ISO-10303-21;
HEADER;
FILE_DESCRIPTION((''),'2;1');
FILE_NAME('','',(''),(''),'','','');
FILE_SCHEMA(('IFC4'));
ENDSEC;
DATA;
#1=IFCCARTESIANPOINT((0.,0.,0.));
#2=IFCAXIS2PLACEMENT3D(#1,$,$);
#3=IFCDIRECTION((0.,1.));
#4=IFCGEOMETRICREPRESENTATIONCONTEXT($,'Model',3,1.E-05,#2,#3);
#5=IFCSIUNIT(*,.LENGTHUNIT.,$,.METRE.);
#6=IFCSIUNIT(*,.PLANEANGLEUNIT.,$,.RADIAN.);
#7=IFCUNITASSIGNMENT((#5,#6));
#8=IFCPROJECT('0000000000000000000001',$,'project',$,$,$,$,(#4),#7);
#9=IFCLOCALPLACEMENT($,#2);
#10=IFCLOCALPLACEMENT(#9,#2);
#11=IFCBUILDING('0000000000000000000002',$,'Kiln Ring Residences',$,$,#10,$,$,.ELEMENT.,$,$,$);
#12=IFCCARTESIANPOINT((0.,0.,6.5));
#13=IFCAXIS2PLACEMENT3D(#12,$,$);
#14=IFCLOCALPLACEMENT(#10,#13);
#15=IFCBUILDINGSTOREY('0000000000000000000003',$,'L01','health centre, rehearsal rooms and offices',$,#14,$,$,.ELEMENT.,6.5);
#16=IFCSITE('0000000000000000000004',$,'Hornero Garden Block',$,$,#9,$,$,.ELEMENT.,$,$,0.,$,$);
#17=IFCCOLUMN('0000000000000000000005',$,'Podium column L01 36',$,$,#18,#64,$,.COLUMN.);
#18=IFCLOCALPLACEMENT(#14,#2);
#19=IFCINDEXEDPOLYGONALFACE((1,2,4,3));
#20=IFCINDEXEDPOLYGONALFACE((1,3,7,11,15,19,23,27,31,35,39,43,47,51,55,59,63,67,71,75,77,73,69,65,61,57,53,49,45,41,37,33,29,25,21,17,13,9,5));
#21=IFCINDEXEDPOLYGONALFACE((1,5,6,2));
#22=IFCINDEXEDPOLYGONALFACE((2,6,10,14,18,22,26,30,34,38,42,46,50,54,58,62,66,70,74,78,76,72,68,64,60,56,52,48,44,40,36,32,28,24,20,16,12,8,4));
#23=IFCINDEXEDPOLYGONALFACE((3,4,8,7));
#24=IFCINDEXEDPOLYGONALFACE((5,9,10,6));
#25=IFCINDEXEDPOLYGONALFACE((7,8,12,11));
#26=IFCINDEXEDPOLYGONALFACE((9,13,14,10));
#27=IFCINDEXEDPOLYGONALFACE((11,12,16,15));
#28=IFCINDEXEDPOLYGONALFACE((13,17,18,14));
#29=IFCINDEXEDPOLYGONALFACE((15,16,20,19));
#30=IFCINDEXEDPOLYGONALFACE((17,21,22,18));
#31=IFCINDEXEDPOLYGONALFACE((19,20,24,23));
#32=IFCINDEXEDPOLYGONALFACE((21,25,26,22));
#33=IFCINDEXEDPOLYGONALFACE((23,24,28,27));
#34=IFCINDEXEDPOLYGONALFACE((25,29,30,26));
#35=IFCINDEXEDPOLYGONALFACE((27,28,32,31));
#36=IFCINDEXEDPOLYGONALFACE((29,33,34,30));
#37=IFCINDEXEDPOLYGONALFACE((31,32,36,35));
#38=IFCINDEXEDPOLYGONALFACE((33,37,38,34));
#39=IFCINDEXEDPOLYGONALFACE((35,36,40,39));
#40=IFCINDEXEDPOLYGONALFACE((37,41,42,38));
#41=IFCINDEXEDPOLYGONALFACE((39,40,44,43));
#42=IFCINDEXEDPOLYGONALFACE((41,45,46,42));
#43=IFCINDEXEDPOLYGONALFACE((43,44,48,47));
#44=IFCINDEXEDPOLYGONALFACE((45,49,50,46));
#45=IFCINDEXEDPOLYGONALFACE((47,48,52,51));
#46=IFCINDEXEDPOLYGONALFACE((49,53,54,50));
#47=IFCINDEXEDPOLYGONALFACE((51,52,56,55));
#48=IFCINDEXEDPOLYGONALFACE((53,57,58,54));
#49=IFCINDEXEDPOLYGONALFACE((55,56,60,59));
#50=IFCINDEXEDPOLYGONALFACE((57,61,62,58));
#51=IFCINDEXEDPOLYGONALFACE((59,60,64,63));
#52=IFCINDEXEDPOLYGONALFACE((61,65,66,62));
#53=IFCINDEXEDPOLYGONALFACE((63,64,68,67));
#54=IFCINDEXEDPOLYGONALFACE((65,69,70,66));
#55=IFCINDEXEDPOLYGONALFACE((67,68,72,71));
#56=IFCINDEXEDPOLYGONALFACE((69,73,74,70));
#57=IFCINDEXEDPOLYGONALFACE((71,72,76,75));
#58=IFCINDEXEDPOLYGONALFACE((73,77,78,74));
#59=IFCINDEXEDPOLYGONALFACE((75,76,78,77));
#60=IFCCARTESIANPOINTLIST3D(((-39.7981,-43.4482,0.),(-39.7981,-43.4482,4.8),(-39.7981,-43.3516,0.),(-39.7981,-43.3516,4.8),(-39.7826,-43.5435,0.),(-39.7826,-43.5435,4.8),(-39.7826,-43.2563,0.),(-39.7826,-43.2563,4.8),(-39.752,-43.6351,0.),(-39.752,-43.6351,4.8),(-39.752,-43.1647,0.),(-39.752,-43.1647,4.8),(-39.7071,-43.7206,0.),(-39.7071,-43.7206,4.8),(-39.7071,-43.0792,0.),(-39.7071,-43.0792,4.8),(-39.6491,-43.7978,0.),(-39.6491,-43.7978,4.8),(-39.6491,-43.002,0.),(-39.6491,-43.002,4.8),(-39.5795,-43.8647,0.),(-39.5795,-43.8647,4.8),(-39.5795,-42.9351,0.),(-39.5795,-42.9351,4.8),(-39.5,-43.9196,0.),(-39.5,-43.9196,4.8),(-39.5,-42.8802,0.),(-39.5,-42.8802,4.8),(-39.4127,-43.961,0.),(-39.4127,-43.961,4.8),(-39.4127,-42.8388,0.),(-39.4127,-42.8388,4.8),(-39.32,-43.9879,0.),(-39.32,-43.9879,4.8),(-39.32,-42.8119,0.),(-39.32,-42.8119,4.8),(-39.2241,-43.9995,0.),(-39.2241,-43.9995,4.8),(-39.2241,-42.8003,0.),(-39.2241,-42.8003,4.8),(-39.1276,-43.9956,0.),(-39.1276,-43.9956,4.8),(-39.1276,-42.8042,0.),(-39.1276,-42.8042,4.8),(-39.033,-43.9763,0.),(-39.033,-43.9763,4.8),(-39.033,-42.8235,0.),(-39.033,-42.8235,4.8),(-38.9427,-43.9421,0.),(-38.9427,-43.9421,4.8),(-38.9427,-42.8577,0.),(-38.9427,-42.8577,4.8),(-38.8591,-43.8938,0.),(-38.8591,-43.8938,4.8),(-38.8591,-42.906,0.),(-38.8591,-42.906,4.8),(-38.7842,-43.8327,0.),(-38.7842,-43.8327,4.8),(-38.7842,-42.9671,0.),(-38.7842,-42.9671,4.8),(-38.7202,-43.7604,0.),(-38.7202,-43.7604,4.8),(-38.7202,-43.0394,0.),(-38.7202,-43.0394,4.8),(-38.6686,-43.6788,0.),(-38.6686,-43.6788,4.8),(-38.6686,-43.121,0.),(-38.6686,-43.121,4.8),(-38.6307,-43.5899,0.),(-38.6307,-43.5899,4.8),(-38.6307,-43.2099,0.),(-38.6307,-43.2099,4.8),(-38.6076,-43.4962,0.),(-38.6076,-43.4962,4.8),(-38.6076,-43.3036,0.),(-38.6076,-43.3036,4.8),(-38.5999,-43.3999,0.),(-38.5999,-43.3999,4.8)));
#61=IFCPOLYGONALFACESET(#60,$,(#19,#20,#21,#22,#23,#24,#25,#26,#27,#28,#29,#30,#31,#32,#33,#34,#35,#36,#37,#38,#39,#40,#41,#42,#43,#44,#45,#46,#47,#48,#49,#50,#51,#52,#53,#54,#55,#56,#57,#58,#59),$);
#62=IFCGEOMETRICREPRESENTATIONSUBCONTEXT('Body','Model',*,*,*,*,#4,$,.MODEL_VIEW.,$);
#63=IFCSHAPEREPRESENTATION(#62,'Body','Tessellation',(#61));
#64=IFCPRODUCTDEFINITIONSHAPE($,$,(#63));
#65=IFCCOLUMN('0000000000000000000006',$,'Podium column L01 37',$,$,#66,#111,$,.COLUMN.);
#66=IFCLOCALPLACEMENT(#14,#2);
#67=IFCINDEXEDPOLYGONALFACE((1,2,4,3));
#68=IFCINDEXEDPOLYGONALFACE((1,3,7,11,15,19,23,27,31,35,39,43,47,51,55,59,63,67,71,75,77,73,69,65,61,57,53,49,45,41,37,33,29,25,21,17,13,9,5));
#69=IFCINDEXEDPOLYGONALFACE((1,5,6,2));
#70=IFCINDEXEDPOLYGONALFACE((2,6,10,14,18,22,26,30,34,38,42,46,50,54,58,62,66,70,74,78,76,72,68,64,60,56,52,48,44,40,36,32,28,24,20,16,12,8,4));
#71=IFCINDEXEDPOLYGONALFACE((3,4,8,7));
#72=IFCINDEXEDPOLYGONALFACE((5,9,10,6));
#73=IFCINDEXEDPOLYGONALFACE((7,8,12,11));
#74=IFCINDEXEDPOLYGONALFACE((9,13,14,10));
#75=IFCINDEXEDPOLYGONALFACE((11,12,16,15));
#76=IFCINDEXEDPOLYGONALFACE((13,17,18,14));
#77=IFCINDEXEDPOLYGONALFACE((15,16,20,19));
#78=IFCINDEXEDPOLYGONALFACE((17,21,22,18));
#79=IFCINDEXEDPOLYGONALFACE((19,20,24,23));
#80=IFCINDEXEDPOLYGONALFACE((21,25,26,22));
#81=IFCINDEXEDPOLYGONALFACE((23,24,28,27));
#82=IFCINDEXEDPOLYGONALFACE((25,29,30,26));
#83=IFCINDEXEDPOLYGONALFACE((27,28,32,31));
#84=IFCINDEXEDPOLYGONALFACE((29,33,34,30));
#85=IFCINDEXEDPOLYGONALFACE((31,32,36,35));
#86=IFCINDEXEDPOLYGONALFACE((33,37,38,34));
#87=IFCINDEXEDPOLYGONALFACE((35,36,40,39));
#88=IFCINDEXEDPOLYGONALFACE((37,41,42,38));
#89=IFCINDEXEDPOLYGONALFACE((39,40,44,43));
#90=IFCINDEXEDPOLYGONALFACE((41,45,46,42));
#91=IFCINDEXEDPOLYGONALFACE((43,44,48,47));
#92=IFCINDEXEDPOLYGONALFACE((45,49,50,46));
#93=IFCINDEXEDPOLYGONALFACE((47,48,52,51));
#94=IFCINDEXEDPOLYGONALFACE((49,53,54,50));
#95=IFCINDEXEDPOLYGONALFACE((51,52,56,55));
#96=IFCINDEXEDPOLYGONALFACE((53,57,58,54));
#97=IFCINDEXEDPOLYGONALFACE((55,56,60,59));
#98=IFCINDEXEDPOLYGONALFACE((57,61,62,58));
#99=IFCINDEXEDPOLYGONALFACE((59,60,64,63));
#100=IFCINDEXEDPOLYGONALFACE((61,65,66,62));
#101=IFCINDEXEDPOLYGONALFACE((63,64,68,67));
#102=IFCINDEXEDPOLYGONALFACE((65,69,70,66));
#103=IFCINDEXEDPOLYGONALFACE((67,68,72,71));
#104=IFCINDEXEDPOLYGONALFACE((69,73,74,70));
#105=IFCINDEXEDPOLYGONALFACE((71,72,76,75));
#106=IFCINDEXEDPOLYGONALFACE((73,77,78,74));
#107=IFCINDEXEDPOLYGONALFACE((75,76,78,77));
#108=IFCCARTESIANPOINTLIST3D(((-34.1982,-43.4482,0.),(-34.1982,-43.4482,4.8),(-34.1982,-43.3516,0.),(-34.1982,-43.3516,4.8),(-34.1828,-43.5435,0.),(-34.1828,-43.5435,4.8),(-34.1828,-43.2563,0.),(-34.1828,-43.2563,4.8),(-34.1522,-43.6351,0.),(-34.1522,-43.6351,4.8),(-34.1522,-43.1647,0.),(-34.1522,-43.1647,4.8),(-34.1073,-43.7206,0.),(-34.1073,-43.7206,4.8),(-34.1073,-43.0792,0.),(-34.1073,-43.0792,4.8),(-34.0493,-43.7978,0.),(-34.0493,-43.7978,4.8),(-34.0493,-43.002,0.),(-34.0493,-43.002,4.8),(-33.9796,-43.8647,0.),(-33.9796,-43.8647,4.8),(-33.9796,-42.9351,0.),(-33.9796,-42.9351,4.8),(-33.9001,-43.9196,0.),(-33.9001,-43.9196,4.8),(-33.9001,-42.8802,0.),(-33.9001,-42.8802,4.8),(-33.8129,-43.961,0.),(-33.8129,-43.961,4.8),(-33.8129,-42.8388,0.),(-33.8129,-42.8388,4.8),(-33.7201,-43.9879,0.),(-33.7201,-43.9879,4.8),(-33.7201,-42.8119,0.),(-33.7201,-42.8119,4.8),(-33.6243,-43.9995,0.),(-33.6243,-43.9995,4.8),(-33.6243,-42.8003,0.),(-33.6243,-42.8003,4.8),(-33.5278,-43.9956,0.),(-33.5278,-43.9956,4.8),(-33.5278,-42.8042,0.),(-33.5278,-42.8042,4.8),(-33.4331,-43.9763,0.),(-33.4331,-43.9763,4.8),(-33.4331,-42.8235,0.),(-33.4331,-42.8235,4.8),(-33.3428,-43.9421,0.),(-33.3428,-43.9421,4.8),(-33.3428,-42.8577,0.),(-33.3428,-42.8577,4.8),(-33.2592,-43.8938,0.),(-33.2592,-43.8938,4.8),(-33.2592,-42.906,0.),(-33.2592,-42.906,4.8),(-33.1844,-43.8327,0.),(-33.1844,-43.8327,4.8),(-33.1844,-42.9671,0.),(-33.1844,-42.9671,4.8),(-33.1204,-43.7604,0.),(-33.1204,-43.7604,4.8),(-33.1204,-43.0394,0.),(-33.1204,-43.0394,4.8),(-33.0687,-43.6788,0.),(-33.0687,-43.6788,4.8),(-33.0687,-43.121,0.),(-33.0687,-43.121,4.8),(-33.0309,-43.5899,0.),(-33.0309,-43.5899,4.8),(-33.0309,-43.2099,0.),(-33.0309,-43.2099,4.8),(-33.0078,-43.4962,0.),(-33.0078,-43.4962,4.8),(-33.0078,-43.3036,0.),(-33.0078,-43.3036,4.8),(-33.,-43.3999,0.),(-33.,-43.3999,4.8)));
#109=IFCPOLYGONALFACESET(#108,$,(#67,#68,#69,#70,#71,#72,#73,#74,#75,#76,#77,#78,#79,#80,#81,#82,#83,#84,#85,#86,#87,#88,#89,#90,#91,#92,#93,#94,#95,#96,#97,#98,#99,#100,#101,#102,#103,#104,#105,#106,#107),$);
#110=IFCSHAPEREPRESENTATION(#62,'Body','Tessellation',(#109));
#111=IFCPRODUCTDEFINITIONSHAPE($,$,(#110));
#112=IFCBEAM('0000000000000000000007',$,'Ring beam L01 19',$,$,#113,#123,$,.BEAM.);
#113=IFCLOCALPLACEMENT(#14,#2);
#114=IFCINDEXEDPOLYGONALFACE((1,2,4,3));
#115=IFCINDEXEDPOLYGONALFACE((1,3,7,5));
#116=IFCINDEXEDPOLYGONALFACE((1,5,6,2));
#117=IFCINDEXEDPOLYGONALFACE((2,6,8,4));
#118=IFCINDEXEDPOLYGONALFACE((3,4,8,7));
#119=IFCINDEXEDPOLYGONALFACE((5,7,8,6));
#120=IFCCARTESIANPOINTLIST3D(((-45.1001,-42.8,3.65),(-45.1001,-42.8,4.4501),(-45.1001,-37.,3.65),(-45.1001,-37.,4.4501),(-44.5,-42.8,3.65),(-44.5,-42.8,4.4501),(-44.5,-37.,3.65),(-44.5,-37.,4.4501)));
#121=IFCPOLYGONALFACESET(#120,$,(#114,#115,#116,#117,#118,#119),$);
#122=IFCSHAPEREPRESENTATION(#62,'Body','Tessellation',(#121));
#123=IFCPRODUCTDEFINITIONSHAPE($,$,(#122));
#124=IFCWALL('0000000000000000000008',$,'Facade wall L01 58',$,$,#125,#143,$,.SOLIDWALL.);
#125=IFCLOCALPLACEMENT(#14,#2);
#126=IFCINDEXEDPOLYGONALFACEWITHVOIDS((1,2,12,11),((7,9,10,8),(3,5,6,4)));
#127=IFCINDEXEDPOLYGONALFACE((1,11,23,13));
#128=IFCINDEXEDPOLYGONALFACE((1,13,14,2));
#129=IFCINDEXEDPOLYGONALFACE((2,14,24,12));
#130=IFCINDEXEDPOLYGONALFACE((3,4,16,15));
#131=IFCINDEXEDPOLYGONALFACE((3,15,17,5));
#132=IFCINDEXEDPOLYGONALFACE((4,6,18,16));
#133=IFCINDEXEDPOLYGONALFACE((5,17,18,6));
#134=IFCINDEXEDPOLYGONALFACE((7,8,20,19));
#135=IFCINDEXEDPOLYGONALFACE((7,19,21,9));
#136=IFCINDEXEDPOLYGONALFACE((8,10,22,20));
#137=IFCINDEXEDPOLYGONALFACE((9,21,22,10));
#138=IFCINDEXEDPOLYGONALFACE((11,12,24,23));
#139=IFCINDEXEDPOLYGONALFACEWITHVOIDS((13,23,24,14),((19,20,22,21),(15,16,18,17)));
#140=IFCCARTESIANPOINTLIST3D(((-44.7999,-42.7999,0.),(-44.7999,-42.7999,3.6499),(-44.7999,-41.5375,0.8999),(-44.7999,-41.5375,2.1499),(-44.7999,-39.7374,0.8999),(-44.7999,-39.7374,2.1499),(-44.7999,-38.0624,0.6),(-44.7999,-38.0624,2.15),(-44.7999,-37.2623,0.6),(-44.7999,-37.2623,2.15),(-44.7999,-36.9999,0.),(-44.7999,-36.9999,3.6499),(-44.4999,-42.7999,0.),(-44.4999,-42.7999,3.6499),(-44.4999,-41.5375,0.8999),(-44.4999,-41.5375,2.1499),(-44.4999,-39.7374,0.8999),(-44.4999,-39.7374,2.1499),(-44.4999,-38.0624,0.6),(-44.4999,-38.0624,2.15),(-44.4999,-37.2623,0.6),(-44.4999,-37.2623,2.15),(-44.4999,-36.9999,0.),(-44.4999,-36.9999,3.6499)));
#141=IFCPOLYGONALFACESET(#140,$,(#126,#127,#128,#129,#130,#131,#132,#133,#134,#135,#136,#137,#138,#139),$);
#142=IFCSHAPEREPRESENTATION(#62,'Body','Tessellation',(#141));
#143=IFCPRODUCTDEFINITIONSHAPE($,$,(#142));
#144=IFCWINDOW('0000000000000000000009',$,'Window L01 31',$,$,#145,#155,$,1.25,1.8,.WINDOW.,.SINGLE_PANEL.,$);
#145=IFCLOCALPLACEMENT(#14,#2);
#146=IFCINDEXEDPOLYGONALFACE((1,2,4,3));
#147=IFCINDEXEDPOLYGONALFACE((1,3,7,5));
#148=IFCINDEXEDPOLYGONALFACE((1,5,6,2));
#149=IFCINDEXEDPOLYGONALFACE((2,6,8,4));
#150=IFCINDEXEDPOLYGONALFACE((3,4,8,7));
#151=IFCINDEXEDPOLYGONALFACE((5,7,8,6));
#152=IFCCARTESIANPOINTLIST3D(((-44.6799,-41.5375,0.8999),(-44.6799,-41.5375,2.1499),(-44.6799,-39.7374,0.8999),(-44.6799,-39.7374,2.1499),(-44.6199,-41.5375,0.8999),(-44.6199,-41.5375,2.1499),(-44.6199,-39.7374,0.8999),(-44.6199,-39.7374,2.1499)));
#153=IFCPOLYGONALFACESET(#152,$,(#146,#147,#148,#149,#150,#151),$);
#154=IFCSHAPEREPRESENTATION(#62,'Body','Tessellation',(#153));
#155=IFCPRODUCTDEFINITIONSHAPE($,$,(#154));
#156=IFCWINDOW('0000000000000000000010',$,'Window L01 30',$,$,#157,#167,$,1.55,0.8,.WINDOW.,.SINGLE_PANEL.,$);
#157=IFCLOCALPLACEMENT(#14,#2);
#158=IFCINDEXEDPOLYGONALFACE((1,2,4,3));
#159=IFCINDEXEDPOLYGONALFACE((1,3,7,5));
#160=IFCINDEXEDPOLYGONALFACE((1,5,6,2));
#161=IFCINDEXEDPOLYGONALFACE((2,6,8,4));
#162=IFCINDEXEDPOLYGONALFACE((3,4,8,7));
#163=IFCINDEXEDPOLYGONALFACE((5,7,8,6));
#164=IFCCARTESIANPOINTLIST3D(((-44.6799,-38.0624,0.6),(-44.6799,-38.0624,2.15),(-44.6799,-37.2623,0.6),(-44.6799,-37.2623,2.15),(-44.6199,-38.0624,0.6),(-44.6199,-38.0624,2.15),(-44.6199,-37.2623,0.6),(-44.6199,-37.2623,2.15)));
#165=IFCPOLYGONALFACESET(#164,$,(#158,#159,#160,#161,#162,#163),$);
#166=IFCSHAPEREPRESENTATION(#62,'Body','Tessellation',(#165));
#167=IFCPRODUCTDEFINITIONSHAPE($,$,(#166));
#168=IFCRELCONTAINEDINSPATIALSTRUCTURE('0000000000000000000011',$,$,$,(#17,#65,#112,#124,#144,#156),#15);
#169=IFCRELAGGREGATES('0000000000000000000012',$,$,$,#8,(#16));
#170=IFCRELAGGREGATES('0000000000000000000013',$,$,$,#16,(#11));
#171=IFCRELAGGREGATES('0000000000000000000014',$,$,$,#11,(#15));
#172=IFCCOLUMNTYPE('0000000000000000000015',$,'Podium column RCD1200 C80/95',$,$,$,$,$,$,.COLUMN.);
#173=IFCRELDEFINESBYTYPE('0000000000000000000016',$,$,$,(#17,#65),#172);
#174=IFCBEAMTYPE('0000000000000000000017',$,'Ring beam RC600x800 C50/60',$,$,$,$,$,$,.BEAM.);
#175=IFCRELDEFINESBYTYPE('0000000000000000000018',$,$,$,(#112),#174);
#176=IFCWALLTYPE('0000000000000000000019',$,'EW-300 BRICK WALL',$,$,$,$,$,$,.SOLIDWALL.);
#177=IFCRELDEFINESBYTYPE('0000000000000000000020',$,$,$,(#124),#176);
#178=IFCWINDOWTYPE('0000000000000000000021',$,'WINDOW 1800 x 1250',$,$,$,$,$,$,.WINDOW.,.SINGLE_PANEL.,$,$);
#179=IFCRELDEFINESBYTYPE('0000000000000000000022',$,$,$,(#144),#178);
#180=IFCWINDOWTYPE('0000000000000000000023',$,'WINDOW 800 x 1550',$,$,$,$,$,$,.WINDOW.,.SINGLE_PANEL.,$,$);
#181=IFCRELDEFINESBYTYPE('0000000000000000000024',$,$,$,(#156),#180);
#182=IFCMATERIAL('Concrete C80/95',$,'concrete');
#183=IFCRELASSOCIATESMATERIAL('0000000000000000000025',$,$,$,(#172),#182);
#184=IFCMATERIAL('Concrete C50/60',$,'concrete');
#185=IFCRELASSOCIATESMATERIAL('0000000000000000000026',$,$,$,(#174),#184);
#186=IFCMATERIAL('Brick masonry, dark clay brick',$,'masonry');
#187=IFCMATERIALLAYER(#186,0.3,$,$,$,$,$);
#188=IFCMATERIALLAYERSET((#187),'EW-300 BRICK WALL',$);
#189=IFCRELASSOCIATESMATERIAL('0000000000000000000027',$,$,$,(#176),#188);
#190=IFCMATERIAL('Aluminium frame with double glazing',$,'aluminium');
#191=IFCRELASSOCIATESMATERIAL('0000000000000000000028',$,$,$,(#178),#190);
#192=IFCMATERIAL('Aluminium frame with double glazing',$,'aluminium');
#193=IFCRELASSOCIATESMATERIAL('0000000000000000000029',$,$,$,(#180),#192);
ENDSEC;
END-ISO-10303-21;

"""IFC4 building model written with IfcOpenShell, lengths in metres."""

from ifc_helpers import new_model, si_unit, direction, frame, frame_2d, origin, origin_2d, place, context, subcontext, project, spatial, rectangle, circle, extrude, material, layer, layer_set, material_profile, profile_set, type_object, element, fill, save


model = new_model("IFC4")

# Units and contexts
model_context = context("Model", 3, precision=1e-05, world=origin(), true_north=direction((0.0, 1.0)))
body_context = subcontext(model_context, "Body", "Model", "MODEL_VIEW")
ifc_project = project(units=[si_unit("LENGTHUNIT", "METRE"), si_unit("PLANEANGLEUNIT", "RADIAN")], contexts=[model_context])

# Site, building, storey
site_placement = place(None, origin())
site = spatial("IfcSite", under=ifc_project, at=site_placement, Name="Hornero Garden Block", CompositionType="ELEMENT", RefElevation=0.0)
building_placement = place(site_placement, origin())
building = spatial("IfcBuilding", under=site, at=building_placement, Name="Kiln Ring Residences", CompositionType="ELEMENT")
storey_placement = place(building_placement, frame((0.0, 0.0, 6.5)))
storey = spatial("IfcBuildingStorey", under=building, at=storey_placement, Name="L01", Description="health centre, rehearsal rooms and offices", CompositionType="ELEMENT", Elevation=6.5)

# Columns
ifc_material_1 = material(Name="Concrete C80/95", Category="concrete")
ifc_material_profile_1 = material_profile(ifc_material_1, circle(Radius=0.6001, at=origin_2d()), Name="RCD1200")
ifc_profile_set_1 = profile_set([ifc_material_profile_1], Name="Concrete C80/95")
column_type = type_object("IfcColumnType", Name="Podium column RCD1200 C80/95", PredefinedType="COLUMN", material=ifc_profile_set_1)
for number, where, z_axis, x_axis, name in (
    (1, (-39.2, -43.3999, 0.0), (0.0, 0.0, 1.0), (1.0, 0.0, 0.0), "Podium column L01 36"),
    (2, (-33.6001, -43.3999, 0.0), (0.0, 0.0, 1.0), (1.0, 0.0, 0.0), "Podium column L01 37"),
):
    element("IfcColumn", number, at=place(storey_placement, frame(where, z_axis=z_axis, x_axis=x_axis)), inside=storey, type_object=column_type, Name=name, PredefinedType="COLUMN", context=body_context, shape_type="SweptSolid", body=[
        extrude(circle(Radius=0.6001, at=origin_2d()), origin(), (0.0, 0.0, 1.0), 4.8),
    ])

# Beam
ifc_material_2 = material(Name="Concrete C50/60", Category="concrete")
ifc_material_profile_2 = material_profile(ifc_material_2, rectangle(XDim=0.6001, YDim=0.8, at=origin_2d()), Name="RC600x800")
ifc_profile_set_2 = profile_set([ifc_material_profile_2], Name="Concrete C50/60")
beam_type = type_object("IfcBeamType", Name="Ring beam RC600x800 C50/60", PredefinedType="BEAM", material=ifc_profile_set_2)
beam_placement = place(storey_placement, frame((-44.8, -37.0, 4.05), z_axis=(0.0, -1.0, 0.0), x_axis=(1.0, 0.0, 0.0)))
element("IfcBeam", 3, at=beam_placement, inside=storey, type_object=beam_type, Name="Ring beam L01 19", PredefinedType="BEAM", context=body_context, shape_type="SweptSolid", body=[
    extrude(rectangle(XDim=0.6001, YDim=0.8, at=origin_2d()), origin(), (0.0, 0.0, 1.0), 5.8),
])

# Wall, openings, windows
ifc_material_3 = material(Name="Brick masonry, dark clay brick", Category="masonry")
ifc_layer_1 = layer(ifc_material_3, 0.3)
ifc_layer_set_1 = layer_set([ifc_layer_1], Name="EW-300 BRICK WALL")
wall_type_1 = type_object("IfcWallType", Name="EW-300 BRICK WALL", PredefinedType="SOLIDWALL", material=ifc_layer_set_1)
wall_1_placement = place(storey_placement, frame((-44.6499, -37.0, 0.0), z_axis=(0.0, 0.0, 1.0), x_axis=(0.0, -1.0, 0.0)))
wall_1 = element("IfcWall", 4, at=wall_1_placement, inside=storey, type_object=wall_type_1, Name="Facade wall L01 58", PredefinedType="SOLIDWALL", context=body_context, shape_type="SweptSolid", body=[
    extrude(rectangle(XDim=5.8, YDim=0.3, at=frame_2d((2.8999, 0.0))), origin(), (0.0, 0.0, 1.0), 3.6499),
])
opening_1_placement = place(wall_1_placement, frame((0.2625, 0.0, 0.6001)))
opening_1 = element("IfcOpeningElement", 5, at=opening_1_placement, cuts=wall_1, PredefinedType="OPENING", context=body_context, shape_type="SweptSolid", body=[
    extrude(rectangle(XDim=0.8, YDim=1.55, at=frame_2d((0.3999, 0.7749))), frame((0.0, 0.1599, 0.0), z_axis=(0.0, -1.0, 0.0), x_axis=(1.0, 0.0, 0.0)), (0.0, 0.0, 1.0), 0.3201),
])
opening_2_placement = place(wall_1_placement, frame((2.7375, 0.0, 0.8999)))
opening_2 = element("IfcOpeningElement", 6, at=opening_2_placement, cuts=wall_1, PredefinedType="OPENING", context=body_context, shape_type="SweptSolid", body=[
    extrude(rectangle(XDim=1.8, YDim=1.25, at=frame_2d((0.8999, 0.625))), frame((0.0, 0.1599, 0.0), z_axis=(0.0, -1.0, 0.0), x_axis=(1.0, 0.0, 0.0)), (0.0, 0.0, 1.0), 0.3201),
])
ifc_material_4 = material(Name="Aluminium frame with double glazing", Category="aluminium")
window_type_1 = type_object("IfcWindowType", Name="WINDOW 1800 x 1250", PartitioningType="SINGLE_PANEL", PredefinedType="WINDOW", material=ifc_material_4)
window_1_placement = place(opening_2_placement, origin())
window_1 = element("IfcWindow", 7, at=window_1_placement, inside=storey, type_object=window_type_1, Name="Window L01 31", OverallHeight=1.25, OverallWidth=1.8, PartitioningType="SINGLE_PANEL", PredefinedType="WINDOW", context=body_context, shape_type="SweptSolid", body=[
    extrude(rectangle(XDim=1.8, YDim=1.25, at=frame_2d((0.8999, 0.625))), frame((0.0, 0.03, 0.0), z_axis=(0.0, -1.0, 0.0), x_axis=(1.0, 0.0, 0.0)), (0.0, 0.0, 1.0), 0.0601),
])
fill(opening_2, window_1)
ifc_material_5 = material(Name="Aluminium frame with double glazing", Category="aluminium")
window_type_2 = type_object("IfcWindowType", Name="WINDOW 800 x 1550", PartitioningType="SINGLE_PANEL", PredefinedType="WINDOW", material=ifc_material_5)
window_2_placement = place(opening_1_placement, origin())
window_2 = element("IfcWindow", 8, at=window_2_placement, inside=storey, type_object=window_type_2, Name="Window L01 30", OverallHeight=1.55, OverallWidth=0.8, PartitioningType="SINGLE_PANEL", PredefinedType="WINDOW", context=body_context, shape_type="SweptSolid", body=[
    extrude(rectangle(XDim=0.8, YDim=1.55, at=frame_2d((0.3999, 0.7749))), frame((0.0, 0.03, 0.0), z_axis=(0.0, -1.0, 0.0), x_axis=(1.0, 0.0, 0.0)), (0.0, 0.0, 1.0), 0.0601),
])
fill(opening_1, window_2)

save(model, "model.ifc")
